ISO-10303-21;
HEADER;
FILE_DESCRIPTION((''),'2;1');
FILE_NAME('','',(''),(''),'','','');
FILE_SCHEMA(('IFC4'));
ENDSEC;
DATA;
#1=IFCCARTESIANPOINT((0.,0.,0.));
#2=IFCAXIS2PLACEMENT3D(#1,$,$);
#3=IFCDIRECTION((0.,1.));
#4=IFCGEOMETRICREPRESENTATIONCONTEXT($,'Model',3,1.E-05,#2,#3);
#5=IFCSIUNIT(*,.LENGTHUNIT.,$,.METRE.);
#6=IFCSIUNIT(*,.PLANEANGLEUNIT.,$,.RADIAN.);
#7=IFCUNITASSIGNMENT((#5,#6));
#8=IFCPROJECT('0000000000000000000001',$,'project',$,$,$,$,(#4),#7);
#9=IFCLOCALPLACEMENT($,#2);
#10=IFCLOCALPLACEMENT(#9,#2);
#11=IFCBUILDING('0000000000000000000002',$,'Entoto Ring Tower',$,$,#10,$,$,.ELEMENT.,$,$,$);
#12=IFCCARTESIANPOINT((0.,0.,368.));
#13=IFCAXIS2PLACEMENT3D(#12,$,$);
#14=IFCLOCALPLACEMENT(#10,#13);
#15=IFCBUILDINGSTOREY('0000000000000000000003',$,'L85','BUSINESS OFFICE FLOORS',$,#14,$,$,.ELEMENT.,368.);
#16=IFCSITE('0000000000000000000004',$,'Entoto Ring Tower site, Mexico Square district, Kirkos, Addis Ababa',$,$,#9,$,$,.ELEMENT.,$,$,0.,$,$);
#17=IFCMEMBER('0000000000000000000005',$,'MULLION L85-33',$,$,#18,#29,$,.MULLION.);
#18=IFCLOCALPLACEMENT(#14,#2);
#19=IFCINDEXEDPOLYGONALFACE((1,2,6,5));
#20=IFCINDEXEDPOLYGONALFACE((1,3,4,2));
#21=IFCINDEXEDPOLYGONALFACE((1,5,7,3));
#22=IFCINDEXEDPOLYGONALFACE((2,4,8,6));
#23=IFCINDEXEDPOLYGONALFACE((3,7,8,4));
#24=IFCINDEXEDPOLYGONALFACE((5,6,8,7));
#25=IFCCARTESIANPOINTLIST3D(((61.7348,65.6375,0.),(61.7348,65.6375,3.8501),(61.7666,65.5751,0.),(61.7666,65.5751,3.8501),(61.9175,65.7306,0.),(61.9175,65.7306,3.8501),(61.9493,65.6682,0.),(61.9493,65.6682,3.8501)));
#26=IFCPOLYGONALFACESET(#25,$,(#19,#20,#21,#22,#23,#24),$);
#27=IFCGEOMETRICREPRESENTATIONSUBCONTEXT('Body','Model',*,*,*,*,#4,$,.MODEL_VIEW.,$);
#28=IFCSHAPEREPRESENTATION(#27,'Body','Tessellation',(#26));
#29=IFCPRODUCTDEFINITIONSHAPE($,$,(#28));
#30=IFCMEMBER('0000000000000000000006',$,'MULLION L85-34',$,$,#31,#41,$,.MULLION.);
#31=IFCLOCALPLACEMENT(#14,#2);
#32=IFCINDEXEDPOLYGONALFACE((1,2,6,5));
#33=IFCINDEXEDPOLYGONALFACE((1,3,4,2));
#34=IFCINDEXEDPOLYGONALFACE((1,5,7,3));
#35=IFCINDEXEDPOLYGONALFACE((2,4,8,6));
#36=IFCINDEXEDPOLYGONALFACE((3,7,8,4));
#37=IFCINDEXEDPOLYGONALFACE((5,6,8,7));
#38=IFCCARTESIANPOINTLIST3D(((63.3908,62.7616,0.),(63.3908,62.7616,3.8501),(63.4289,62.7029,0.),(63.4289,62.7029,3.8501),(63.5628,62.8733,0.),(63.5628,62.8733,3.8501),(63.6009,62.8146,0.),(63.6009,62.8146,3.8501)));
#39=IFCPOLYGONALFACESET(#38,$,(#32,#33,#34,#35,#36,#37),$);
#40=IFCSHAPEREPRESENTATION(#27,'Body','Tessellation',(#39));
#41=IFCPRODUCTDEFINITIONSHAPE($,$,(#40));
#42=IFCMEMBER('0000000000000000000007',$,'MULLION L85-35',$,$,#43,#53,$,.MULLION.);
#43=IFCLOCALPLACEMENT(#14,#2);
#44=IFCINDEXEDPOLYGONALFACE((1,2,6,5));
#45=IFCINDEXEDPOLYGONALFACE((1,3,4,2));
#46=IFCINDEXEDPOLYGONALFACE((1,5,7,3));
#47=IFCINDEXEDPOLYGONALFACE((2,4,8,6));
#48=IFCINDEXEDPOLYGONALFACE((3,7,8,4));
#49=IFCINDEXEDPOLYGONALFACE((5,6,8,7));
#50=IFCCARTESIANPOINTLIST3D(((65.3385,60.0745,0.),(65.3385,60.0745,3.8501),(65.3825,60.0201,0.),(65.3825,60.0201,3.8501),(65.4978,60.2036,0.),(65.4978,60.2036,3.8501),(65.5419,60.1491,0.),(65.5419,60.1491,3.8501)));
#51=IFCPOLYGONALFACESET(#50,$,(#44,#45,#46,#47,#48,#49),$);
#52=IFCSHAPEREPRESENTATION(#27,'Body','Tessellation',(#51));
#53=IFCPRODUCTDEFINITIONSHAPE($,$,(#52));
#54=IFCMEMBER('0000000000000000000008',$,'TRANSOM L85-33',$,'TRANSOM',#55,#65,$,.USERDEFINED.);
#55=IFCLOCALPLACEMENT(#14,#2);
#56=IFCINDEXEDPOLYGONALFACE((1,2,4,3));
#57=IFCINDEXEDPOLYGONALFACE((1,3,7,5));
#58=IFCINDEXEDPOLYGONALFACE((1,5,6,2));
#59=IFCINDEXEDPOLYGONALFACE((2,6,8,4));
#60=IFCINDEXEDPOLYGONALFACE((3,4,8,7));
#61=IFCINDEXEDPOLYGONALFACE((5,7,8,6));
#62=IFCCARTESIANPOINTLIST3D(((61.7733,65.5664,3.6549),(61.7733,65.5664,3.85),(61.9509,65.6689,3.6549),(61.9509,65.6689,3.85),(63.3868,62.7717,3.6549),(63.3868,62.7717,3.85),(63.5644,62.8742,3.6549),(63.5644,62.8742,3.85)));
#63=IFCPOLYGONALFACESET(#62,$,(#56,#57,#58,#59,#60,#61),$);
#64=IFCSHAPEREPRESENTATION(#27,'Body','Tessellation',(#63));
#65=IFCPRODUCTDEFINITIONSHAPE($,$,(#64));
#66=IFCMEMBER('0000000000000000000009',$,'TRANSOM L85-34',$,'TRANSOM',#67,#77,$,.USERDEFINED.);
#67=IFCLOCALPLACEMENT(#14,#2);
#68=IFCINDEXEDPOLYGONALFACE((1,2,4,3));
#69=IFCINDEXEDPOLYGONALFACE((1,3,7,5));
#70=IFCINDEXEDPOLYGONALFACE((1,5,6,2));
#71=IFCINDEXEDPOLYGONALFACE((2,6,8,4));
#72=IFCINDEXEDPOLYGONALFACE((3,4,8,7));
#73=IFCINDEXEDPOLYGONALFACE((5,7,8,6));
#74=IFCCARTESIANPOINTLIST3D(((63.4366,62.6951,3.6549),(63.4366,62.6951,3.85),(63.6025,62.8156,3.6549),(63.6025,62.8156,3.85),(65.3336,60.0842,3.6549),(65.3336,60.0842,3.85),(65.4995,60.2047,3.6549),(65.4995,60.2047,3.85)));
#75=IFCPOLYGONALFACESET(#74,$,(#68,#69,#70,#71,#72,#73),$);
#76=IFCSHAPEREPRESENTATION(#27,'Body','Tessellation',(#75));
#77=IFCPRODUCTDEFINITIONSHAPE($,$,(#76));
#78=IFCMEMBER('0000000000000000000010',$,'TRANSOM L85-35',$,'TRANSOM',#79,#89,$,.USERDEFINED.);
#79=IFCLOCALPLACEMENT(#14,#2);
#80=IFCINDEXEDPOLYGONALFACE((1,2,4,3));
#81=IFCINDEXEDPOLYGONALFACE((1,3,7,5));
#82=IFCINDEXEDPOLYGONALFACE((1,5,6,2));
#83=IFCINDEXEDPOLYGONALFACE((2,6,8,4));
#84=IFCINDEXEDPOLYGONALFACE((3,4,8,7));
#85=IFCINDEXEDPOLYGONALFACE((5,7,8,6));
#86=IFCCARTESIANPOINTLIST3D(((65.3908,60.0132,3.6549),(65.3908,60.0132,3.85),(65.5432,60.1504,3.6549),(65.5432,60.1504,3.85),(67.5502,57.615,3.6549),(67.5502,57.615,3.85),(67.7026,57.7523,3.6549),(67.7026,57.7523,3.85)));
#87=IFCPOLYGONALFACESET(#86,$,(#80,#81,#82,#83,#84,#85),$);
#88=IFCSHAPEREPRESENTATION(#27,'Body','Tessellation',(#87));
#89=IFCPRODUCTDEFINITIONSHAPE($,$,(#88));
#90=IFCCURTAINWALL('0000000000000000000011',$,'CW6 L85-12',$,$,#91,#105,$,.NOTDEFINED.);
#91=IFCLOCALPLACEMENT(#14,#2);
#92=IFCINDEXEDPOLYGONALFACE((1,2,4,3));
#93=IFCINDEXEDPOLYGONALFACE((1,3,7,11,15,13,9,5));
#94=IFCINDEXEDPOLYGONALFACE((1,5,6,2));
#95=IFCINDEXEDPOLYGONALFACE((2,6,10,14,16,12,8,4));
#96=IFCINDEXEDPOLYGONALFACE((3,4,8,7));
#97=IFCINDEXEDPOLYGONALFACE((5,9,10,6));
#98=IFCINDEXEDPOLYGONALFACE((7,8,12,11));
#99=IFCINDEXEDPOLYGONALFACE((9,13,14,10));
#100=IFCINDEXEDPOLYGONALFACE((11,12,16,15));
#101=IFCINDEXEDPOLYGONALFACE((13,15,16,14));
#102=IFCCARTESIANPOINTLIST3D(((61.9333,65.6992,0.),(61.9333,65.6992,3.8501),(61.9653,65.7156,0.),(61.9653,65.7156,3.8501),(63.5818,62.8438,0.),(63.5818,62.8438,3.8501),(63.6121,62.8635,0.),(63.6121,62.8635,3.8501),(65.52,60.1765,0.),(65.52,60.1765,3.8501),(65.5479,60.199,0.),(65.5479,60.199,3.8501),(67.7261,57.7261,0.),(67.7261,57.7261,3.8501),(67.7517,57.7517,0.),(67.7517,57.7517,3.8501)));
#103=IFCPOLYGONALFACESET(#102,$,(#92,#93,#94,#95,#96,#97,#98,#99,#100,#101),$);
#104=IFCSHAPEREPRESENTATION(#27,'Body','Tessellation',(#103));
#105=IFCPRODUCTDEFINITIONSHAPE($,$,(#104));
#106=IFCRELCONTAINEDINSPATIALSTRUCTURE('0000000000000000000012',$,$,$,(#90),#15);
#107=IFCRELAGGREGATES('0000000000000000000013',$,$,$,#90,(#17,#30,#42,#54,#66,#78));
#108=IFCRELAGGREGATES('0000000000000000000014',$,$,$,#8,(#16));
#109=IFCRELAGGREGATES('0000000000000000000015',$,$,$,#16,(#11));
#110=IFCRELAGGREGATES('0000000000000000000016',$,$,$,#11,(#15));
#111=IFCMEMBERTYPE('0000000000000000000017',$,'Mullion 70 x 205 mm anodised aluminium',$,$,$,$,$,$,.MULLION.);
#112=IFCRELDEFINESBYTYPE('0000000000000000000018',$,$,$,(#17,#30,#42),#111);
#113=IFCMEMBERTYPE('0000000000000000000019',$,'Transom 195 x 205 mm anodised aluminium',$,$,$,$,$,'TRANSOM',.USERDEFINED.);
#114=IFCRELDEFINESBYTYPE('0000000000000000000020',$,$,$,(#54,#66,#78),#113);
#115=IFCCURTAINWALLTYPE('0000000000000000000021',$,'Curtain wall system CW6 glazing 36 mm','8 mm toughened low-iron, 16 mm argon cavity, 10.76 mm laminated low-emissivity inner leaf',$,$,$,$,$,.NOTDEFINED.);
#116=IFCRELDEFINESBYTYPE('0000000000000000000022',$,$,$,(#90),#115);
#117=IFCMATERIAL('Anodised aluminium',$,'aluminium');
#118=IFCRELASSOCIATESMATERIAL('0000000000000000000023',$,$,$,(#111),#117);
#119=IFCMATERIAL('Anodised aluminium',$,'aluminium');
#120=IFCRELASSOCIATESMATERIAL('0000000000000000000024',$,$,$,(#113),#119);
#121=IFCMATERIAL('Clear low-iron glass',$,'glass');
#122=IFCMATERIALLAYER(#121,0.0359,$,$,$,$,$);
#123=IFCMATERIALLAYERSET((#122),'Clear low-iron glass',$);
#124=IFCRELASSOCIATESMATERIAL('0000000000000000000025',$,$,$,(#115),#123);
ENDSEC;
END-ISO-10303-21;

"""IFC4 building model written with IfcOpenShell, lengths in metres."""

from ifc_helpers import new_model, si_unit, direction, frame, origin, origin_2d, place, context, subcontext, project, spatial, polyline, rectangle, outline, extrude, material, layer, layer_set, material_profile, profile_set, type_object, element, aggregate, save


model = new_model("IFC4")

# Units and contexts
model_context = context("Model", 3, precision=1e-05, world=origin(), true_north=direction((0.0, 1.0)))
body_context = subcontext(model_context, "Body", "Model", "MODEL_VIEW")
ifc_project = project(units=[si_unit("LENGTHUNIT", "METRE"), si_unit("PLANEANGLEUNIT", "RADIAN")], contexts=[model_context])

# Members
ifc_material_1 = material(Name="Anodised aluminium", Category="aluminium")
ifc_material_profile_1 = material_profile(ifc_material_1, rectangle(XDim=0.0701, YDim=0.2051, at=origin_2d()), Name="Mullion 70 x 205 mm anodised aluminium")
ifc_profile_set_1 = profile_set([ifc_material_profile_1], Name="Anodised aluminium")
member_type_1 = type_object("IfcMemberType", Name="Mullion 70 x 205 mm anodised aluminium", PredefinedType="MULLION", material=ifc_profile_set_1)
site_placement = place(None, origin())
building_placement = place(site_placement, origin())
storey_placement = place(building_placement, frame((0.0, 0.0, 368.0)))
member_1_placement = place(storey_placement, frame((61.842, 65.6528, 0.0), z_axis=(0.0, 0.0, 1.0), x_axis=(0.45399, -0.891007, 0.0)))
member_1 = element("IfcMember", 1, at=member_1_placement, type_object=member_type_1, Name="MULLION L85-33", PredefinedType="MULLION", context=body_context, shape_type="SweptSolid", body=[
    extrude(rectangle(XDim=0.0701, YDim=0.2051, at=origin_2d()), origin(), (0.0, 0.0, 1.0), 3.8501),
])
member_2_placement = place(storey_placement, frame((63.4958, 62.7881, 0.0), z_axis=(0.0, 0.0, 1.0), x_axis=(0.544639, -0.838671, 0.0)))
member_2 = element("IfcMember", 2, at=member_2_placement, type_object=member_type_1, Name="MULLION L85-34", PredefinedType="MULLION", context=body_context, shape_type="SweptSolid", body=[
    extrude(rectangle(XDim=0.0701, YDim=0.2051, at=origin_2d()), origin(), (0.0, 0.0, 1.0), 3.8501),
])
member_3_placement = place(storey_placement, frame((65.4402, 60.1118, 0.0), z_axis=(0.0, 0.0, 1.0), x_axis=(0.62932, -0.777146, 0.0)))
member_3 = element("IfcMember", 3, at=member_3_placement, type_object=member_type_1, Name="MULLION L85-35", PredefinedType="MULLION", context=body_context, shape_type="SweptSolid", body=[
    extrude(rectangle(XDim=0.0701, YDim=0.2051, at=origin_2d()), origin(), (0.0, 0.0, 1.0), 3.8501),
])
ifc_material_2 = material(Name="Anodised aluminium", Category="aluminium")
ifc_material_profile_2 = material_profile(ifc_material_2, rectangle(XDim=0.2051, YDim=0.1951, at=origin_2d()), Name="Transom 195 x 205 mm anodised aluminium")
ifc_profile_set_2 = profile_set([ifc_material_profile_2], Name="Anodised aluminium")
member_type_2 = type_object("IfcMemberType", Name="Transom 195 x 205 mm anodised aluminium", ElementType="TRANSOM", PredefinedType="USERDEFINED", material=ifc_profile_set_2)
member_4_placement = place(storey_placement, frame((61.8621, 65.6177, 3.7524), z_axis=(0.500004, -0.866023, 0.0), x_axis=(0.866023, 0.500004, 0.0)))
member_4 = element("IfcMember", 4, at=member_4_placement, type_object=member_type_2, Name="TRANSOM L85-33", ObjectType="TRANSOM", PredefinedType="USERDEFINED", context=body_context, shape_type="SweptSolid", body=[
    extrude(rectangle(XDim=0.2051, YDim=0.1951, at=origin_2d()), origin(), (0.0, 0.0, 1.0), 3.2271),
])
member_5_placement = place(storey_placement, frame((63.5195, 62.7554, 3.7524), z_axis=(0.587803, -0.809004, 0.0), x_axis=(0.809004, 0.587803, 0.0)))
member_5 = element("IfcMember", 5, at=member_5_placement, type_object=member_type_2, Name="TRANSOM L85-34", ObjectType="TRANSOM", PredefinedType="USERDEFINED", context=body_context, shape_type="SweptSolid", body=[
    extrude(rectangle(XDim=0.2051, YDim=0.1951, at=origin_2d()), origin(), (0.0, 0.0, 1.0), 3.2273),
])
member_6_placement = place(storey_placement, frame((65.467, 60.0818, 3.7524), z_axis=(0.669144, -0.743132, 0.0), x_axis=(0.743132, 0.669144, 0.0)))
member_6 = element("IfcMember", 6, at=member_6_placement, type_object=member_type_2, Name="TRANSOM L85-35", ObjectType="TRANSOM", PredefinedType="USERDEFINED", context=body_context, shape_type="SweptSolid", body=[
    extrude(rectangle(XDim=0.2051, YDim=0.1951, at=origin_2d()), origin(), (0.0, 0.0, 1.0), 3.2271),
])

# Site, building, storey
site = spatial("IfcSite", under=ifc_project, at=site_placement, Name="Entoto Ring Tower site, Mexico Square district, Kirkos, Addis Ababa", CompositionType="ELEMENT", RefElevation=0.0)
building = spatial("IfcBuilding", under=site, at=building_placement, Name="Entoto Ring Tower", CompositionType="ELEMENT")
storey = spatial("IfcBuildingStorey", under=building, at=storey_placement, Name="L85", Description="BUSINESS OFFICE FLOORS", CompositionType="ELEMENT", Elevation=368.0)

# Curtain wall
ifc_material_3 = material(Name="Clear low-iron glass", Category="glass")
ifc_layer = layer(ifc_material_3, 0.0359)
ifc_layer_set = layer_set([ifc_layer], Name="Clear low-iron glass")
curtain_wall_type = type_object("IfcCurtainWallType", Name="Curtain wall system CW6 glazing 36 mm", Description="8 mm toughened low-iron, 16 mm argon cavity, 10.76 mm laminated low-emissivity inner leaf", PredefinedType="NOTDEFINED", material=ifc_layer_set)
curtain_wall_1_placement = place(storey_placement, origin())
curtain_wall_1 = element("IfcCurtainWall", 7, at=curtain_wall_1_placement, inside=storey, type_object=curtain_wall_type, Name="CW6 L85-12", PredefinedType="NOTDEFINED", context=body_context, shape_type="SweptSolid", body=[
    extrude(outline(polyline([(61.9333, 65.6992), (63.5818, 62.8438), (65.52, 60.1765), (67.7261, 57.7261), (67.7517, 57.7517), (65.5479, 60.199), (63.6121, 62.8635), (61.9653, 65.7156), (61.9333, 65.6992)])), origin(), (0.0, 0.0, 1.0), 3.8501),
])
aggregate(curtain_wall_1, [member_1, member_2, member_3, member_4, member_5, member_6])

save(model, "model.ifc")
